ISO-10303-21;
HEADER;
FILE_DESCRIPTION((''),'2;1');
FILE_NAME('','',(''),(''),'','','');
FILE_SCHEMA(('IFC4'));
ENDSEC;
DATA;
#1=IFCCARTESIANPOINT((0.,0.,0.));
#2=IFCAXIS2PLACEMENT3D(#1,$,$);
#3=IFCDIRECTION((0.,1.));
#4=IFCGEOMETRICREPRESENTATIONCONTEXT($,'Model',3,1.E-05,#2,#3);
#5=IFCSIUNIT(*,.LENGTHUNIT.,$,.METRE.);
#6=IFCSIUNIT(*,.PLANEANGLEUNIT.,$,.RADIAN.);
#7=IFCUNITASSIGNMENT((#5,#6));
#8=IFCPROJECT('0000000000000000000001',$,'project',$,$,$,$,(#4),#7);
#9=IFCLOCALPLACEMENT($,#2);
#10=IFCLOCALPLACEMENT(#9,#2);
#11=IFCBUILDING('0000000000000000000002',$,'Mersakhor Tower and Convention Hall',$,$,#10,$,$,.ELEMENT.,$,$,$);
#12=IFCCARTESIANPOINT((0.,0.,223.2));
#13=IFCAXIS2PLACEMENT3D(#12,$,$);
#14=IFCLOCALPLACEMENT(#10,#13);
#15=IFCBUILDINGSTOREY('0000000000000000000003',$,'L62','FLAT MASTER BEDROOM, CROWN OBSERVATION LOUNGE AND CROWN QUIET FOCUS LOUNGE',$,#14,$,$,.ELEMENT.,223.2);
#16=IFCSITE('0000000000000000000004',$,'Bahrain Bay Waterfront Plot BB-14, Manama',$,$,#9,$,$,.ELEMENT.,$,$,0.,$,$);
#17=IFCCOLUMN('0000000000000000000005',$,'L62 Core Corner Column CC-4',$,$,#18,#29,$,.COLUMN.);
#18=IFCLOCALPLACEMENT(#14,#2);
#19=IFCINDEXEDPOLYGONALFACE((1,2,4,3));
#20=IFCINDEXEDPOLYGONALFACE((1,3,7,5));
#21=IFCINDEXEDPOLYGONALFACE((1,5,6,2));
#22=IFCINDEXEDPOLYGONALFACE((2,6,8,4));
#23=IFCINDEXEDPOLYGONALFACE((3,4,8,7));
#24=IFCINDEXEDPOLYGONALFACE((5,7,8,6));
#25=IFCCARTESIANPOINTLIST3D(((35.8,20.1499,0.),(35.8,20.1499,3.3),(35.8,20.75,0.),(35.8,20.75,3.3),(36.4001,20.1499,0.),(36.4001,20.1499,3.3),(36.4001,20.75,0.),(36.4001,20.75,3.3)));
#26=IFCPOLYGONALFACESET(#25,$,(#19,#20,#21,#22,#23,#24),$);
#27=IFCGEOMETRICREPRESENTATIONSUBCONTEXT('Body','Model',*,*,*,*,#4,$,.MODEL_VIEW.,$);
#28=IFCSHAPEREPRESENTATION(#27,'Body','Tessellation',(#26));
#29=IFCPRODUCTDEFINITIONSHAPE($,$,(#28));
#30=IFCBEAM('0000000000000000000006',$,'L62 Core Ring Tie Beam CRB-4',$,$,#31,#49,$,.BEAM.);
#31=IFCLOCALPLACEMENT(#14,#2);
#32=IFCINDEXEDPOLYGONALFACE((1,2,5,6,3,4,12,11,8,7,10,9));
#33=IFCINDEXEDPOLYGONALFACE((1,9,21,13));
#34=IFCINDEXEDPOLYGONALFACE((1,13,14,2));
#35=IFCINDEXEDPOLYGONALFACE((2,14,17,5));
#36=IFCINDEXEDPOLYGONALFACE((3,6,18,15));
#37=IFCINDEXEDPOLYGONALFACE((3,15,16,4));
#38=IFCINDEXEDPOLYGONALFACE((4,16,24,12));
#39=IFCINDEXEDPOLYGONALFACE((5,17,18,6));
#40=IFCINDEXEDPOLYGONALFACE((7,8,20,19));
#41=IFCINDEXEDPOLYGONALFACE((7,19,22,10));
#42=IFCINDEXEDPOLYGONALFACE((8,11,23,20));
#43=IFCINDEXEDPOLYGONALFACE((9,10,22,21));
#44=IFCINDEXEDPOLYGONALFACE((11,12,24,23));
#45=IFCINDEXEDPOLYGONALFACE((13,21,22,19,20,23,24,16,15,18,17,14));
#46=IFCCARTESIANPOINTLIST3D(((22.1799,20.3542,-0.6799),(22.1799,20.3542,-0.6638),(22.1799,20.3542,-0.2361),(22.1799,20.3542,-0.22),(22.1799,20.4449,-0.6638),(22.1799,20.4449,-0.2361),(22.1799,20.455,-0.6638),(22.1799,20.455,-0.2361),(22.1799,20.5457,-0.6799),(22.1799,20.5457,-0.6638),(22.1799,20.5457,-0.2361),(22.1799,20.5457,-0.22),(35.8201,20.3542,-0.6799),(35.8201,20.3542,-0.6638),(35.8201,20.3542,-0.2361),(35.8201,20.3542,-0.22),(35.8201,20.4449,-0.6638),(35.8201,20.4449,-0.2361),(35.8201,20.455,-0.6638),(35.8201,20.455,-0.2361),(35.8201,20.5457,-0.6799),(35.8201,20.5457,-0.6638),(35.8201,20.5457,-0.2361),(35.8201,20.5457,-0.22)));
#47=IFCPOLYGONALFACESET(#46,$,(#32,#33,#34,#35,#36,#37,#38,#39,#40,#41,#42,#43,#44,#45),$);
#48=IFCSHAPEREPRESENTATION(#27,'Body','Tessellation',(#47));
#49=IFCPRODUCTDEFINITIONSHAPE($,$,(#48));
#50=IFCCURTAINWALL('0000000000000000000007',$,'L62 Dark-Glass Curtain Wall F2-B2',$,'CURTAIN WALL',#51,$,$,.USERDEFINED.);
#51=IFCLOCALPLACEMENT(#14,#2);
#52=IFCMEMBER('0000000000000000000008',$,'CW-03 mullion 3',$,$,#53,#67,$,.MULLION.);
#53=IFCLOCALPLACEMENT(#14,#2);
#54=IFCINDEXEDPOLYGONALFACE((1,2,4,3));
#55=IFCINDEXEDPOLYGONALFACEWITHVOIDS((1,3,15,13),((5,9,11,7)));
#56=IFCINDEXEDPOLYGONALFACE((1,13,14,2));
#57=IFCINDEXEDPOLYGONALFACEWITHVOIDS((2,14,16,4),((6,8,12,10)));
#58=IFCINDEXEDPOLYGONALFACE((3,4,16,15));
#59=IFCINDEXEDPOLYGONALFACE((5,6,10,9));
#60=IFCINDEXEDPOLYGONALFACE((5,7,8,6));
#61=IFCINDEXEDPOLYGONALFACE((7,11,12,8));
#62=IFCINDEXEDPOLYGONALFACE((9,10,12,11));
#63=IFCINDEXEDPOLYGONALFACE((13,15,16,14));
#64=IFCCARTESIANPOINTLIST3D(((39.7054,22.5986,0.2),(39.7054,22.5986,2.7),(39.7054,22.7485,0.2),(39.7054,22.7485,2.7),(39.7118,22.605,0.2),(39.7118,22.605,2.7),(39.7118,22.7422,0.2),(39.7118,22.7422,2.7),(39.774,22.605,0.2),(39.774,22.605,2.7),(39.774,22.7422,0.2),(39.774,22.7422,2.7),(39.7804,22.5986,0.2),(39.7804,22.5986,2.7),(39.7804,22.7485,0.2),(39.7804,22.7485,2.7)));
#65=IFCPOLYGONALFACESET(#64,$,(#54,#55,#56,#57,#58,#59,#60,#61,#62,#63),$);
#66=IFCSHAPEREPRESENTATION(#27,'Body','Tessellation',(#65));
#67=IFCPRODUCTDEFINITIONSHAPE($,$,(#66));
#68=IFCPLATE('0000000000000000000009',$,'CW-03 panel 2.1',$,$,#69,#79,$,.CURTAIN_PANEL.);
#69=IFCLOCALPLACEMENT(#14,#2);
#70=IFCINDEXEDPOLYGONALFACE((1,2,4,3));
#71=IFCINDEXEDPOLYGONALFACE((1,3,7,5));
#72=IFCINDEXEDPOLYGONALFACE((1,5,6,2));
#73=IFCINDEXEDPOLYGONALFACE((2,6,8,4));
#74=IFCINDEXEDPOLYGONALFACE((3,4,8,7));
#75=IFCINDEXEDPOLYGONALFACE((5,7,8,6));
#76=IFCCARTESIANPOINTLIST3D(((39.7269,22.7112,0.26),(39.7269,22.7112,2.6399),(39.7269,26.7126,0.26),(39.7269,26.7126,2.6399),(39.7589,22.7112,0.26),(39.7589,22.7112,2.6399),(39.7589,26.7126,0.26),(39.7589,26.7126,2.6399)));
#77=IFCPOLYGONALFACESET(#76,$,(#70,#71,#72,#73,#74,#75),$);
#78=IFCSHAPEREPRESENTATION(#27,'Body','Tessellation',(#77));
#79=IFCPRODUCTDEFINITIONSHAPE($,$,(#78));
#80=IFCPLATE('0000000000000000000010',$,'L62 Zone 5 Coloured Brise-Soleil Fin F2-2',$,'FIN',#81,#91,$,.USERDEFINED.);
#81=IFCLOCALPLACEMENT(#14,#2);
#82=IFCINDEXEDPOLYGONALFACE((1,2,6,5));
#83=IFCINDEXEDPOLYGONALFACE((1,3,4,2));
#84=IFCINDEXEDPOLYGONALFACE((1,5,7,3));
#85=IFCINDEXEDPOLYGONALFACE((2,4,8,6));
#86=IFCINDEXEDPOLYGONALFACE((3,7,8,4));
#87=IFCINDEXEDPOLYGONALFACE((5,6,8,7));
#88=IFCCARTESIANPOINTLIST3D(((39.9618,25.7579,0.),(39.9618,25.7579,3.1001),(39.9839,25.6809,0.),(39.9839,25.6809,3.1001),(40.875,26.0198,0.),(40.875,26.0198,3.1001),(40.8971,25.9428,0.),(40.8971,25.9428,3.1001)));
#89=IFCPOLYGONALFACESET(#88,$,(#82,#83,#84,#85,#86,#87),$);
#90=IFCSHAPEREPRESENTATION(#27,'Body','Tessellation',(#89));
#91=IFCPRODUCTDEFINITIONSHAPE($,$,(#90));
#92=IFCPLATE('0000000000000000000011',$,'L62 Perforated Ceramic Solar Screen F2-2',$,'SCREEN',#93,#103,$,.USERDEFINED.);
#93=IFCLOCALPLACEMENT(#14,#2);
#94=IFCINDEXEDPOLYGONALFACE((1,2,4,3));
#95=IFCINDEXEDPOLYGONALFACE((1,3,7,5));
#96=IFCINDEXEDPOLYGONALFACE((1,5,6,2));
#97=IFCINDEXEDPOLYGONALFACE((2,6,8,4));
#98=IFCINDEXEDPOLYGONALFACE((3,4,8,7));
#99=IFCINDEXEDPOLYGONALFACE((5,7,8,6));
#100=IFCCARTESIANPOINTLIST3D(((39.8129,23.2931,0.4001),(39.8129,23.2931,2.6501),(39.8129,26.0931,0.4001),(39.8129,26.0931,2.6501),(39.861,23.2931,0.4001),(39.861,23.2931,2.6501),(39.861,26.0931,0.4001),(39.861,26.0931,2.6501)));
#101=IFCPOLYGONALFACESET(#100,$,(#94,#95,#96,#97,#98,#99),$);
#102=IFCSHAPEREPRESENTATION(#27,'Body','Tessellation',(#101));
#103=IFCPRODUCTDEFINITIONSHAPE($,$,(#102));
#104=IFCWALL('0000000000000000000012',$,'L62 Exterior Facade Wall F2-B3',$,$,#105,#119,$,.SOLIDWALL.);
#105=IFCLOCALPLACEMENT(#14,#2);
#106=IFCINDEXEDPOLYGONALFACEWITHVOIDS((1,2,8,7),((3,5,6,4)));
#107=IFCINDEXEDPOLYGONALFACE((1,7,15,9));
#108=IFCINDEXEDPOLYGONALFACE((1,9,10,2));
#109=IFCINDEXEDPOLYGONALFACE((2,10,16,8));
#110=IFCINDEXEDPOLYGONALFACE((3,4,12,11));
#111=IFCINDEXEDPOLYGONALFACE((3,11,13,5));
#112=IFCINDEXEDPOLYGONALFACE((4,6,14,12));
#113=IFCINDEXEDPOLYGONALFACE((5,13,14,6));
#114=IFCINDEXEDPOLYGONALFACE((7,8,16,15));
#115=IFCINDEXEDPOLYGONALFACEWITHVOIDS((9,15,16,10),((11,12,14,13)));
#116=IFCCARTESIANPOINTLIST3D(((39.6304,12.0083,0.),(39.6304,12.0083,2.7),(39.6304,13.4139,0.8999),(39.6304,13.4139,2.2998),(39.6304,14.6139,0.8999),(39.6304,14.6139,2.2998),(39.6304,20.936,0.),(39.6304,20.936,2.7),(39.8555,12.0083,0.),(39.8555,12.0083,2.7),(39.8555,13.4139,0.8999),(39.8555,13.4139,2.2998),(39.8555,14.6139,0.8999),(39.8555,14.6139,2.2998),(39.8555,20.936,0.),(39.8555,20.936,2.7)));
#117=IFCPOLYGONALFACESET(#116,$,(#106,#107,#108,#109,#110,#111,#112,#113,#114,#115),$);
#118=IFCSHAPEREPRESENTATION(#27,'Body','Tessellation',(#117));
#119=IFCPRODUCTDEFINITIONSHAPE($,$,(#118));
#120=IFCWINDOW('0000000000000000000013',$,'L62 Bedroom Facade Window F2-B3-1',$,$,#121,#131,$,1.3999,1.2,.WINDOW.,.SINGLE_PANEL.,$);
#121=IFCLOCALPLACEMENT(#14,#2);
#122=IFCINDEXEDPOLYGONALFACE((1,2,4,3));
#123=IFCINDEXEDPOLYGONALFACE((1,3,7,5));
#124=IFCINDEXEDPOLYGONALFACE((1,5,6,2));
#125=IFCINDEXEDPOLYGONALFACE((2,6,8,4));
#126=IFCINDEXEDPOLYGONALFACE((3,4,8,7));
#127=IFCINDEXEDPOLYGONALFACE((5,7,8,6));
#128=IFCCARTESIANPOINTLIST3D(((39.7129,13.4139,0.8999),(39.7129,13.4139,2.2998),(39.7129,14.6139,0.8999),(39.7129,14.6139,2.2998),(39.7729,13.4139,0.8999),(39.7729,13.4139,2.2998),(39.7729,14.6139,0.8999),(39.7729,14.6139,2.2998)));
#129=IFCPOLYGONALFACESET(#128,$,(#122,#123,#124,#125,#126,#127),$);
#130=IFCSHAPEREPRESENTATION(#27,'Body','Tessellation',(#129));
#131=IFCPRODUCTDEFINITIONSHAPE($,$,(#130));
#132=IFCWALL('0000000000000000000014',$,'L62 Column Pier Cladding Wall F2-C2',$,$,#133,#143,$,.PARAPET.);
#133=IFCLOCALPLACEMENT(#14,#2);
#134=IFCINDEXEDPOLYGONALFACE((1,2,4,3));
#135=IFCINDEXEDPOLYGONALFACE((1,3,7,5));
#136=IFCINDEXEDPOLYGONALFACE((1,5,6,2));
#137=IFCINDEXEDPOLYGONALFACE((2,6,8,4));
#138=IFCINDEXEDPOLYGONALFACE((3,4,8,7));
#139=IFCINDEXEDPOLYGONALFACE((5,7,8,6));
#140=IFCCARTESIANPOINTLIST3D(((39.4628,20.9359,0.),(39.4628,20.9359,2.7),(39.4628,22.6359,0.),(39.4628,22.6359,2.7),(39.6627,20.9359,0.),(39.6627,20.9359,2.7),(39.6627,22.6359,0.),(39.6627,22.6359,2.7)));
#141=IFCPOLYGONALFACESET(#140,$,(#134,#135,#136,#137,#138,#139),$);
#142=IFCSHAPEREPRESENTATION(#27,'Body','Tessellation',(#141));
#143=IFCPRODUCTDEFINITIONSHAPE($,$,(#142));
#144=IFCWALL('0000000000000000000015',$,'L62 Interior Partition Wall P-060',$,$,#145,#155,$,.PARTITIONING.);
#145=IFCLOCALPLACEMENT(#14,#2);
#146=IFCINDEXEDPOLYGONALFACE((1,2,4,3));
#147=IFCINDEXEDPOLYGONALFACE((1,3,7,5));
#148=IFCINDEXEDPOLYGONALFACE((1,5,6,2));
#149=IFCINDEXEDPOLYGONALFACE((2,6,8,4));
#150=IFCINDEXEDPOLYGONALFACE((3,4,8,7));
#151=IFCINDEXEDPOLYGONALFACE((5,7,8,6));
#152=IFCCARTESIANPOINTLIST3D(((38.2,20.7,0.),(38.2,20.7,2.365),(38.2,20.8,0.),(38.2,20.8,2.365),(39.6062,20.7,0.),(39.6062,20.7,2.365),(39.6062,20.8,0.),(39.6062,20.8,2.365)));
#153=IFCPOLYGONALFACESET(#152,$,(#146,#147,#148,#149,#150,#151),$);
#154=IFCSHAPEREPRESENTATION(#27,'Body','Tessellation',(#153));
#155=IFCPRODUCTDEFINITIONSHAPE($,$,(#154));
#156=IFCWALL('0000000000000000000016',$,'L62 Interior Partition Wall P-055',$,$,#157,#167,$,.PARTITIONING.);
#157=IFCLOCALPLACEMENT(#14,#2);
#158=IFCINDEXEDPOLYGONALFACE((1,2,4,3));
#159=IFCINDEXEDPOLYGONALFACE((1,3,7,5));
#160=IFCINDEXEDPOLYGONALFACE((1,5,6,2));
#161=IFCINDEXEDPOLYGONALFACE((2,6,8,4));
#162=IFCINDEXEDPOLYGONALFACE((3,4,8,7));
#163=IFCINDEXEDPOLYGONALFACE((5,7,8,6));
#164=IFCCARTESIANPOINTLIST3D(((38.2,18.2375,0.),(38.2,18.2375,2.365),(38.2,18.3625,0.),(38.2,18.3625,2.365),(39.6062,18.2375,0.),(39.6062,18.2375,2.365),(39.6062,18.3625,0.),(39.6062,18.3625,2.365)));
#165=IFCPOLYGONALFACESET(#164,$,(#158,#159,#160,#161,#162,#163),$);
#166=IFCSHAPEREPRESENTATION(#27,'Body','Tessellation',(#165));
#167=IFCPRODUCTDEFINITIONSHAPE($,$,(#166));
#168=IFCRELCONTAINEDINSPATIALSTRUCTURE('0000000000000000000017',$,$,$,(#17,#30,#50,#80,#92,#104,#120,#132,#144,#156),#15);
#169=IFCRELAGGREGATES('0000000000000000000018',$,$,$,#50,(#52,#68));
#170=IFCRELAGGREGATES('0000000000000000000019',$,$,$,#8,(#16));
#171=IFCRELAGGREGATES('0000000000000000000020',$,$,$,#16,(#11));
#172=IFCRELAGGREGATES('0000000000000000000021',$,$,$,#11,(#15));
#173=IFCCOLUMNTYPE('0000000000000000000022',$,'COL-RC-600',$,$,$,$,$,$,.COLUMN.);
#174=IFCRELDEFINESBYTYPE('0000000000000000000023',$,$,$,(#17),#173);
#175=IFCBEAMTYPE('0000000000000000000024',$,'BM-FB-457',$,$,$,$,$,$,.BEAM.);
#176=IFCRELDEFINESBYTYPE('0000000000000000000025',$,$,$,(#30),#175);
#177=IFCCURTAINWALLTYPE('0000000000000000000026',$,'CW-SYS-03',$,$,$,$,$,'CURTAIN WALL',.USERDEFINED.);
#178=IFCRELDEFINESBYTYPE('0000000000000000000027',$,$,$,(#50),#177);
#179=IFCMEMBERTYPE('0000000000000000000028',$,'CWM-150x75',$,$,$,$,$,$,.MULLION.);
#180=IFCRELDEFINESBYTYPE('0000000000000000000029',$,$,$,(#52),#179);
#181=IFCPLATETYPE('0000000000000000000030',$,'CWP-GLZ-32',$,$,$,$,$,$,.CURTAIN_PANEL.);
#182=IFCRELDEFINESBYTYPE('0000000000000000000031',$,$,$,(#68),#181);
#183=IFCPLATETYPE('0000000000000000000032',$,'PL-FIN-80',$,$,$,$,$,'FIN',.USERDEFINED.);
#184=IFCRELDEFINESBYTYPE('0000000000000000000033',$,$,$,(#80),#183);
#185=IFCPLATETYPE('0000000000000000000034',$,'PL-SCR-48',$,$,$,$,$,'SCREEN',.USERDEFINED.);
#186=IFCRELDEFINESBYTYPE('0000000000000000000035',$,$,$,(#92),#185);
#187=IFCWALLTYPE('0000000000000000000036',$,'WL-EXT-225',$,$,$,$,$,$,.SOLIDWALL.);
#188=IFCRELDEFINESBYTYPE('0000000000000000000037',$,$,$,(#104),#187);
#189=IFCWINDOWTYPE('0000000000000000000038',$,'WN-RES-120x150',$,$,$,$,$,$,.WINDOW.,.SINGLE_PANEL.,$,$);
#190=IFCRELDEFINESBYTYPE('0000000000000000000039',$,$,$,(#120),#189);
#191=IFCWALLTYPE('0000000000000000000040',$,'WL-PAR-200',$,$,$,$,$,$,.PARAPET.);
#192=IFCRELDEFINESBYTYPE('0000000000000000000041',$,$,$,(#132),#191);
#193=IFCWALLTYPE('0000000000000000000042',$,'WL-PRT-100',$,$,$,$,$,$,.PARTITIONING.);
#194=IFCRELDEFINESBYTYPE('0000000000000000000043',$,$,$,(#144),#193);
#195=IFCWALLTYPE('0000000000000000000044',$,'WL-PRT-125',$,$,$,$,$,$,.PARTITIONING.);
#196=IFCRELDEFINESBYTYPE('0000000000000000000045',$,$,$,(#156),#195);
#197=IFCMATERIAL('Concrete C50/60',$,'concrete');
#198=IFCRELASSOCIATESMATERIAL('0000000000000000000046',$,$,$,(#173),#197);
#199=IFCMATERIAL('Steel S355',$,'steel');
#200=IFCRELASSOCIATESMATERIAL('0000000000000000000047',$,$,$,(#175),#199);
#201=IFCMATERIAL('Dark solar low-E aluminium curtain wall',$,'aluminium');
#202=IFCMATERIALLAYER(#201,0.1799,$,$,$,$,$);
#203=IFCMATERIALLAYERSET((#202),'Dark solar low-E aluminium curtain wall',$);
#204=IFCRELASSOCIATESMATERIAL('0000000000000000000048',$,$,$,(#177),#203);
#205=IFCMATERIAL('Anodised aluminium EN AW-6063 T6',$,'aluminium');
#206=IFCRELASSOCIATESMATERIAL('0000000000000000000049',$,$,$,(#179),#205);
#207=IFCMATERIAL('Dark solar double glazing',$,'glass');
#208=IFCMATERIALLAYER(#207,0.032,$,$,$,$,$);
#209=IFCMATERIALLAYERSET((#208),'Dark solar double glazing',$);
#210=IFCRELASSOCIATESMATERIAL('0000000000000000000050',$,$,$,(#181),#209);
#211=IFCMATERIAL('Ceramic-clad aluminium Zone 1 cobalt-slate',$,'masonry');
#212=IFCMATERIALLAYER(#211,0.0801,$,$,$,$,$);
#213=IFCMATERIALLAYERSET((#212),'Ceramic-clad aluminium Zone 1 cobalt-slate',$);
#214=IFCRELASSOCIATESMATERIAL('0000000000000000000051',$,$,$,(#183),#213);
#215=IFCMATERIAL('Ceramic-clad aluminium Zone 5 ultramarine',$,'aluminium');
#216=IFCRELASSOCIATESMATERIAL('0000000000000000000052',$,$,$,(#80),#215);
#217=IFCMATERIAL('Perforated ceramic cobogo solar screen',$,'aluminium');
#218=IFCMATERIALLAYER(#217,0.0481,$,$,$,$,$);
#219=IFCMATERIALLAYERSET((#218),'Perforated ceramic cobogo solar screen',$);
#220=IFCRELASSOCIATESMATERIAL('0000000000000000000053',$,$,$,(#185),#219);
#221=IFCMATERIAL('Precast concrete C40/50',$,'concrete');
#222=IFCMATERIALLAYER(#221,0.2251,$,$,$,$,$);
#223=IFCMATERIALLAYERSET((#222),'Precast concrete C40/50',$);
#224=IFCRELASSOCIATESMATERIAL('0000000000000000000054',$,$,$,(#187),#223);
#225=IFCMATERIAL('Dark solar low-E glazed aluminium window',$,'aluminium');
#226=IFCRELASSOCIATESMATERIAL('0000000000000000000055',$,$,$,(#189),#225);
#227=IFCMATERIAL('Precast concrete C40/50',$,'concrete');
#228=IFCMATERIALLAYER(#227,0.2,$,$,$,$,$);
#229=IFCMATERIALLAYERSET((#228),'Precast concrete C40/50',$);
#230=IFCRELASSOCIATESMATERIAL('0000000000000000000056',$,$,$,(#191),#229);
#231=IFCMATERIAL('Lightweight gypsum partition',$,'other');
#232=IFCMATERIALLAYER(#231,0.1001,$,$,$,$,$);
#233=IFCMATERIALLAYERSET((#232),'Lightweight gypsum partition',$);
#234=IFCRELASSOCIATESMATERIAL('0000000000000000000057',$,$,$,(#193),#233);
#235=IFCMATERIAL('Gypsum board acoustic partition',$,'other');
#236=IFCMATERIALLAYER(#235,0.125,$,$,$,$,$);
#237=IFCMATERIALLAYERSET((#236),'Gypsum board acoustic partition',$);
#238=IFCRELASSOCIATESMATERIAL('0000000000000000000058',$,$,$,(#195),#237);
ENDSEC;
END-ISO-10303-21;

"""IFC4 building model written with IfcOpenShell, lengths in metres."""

from ifc_helpers import new_model, si_unit, direction, frame, frame_2d, origin, origin_2d, place, context, subcontext, project, spatial, rectangle, hollow_rectangle, i_section, extrude, material, layer, layer_set, material_profile, profile_set, type_object, element, fill, aggregate, save


model = new_model("IFC4")

# Units and contexts
model_context = context("Model", 3, precision=1e-05, world=origin(), true_north=direction((0.0, 1.0)))
body_context = subcontext(model_context, "Body", "Model", "MODEL_VIEW")
ifc_project = project(units=[si_unit("LENGTHUNIT", "METRE"), si_unit("PLANEANGLEUNIT", "RADIAN")], contexts=[model_context])

# Site, building, storey
site_placement = place(None, origin())
site = spatial("IfcSite", under=ifc_project, at=site_placement, Name="Bahrain Bay Waterfront Plot BB-14, Manama", CompositionType="ELEMENT", RefElevation=0.0)
building_placement = place(site_placement, origin())
building = spatial("IfcBuilding", under=site, at=building_placement, Name="Mersakhor Tower and Convention Hall", CompositionType="ELEMENT")
storey_placement = place(building_placement, frame((0.0, 0.0, 223.2)))
storey = spatial("IfcBuildingStorey", under=building, at=storey_placement, Name="L62", Description="FLAT MASTER BEDROOM, CROWN OBSERVATION LOUNGE AND CROWN QUIET FOCUS LOUNGE", CompositionType="ELEMENT", Elevation=223.2)

# Column
ifc_material_1 = material(Name="Concrete C50/60", Category="concrete")
ifc_material_profile_1 = material_profile(ifc_material_1, rectangle(XDim=0.6001, YDim=0.6001, at=origin_2d()), Name="RC 600x600")
ifc_profile_set_1 = profile_set([ifc_material_profile_1], Name="Concrete C50/60")
column_type = type_object("IfcColumnType", Name="COL-RC-600", PredefinedType="COLUMN", material=ifc_profile_set_1)
column_placement = place(storey_placement, frame((36.1001, 20.45, 0.0), z_axis=(0.0, 0.0, 1.0), x_axis=(1.0, 0.0, 0.0)))
element("IfcColumn", 1, at=column_placement, inside=storey, type_object=column_type, Name="L62 Core Corner Column CC-4", PredefinedType="COLUMN", context=body_context, shape_type="SweptSolid", body=[
    extrude(rectangle(XDim=0.6001, YDim=0.6001, at=origin_2d()), origin(), (0.0, 0.0, 1.0), 3.3),
])

# Beam
ifc_material_2 = material(Name="Steel S355", Category="steel")
ifc_material_profile_2 = material_profile(ifc_material_2, i_section(OverallWidth=0.1914, OverallDepth=0.46, WebThickness=0.01, FlangeThickness=0.0161, at=origin_2d()), Name="UB 457x191x82")
ifc_profile_set_2 = profile_set([ifc_material_profile_2], Name="Steel S355")
beam_type = type_object("IfcBeamType", Name="BM-FB-457", PredefinedType="BEAM", material=ifc_profile_set_2)
beam_placement = place(storey_placement, frame((35.8201, 20.45, -0.45), z_axis=(-1.0, 0.0, 0.0), x_axis=(0.0, -1.0, 0.0)))
element("IfcBeam", 2, at=beam_placement, inside=storey, type_object=beam_type, Name="L62 Core Ring Tie Beam CRB-4", PredefinedType="BEAM", context=body_context, shape_type="SweptSolid", body=[
    extrude(i_section(OverallWidth=0.1914, OverallDepth=0.46, WebThickness=0.01, FlangeThickness=0.0161, at=origin_2d()), origin(), (0.0, 0.0, 1.0), 13.6401),
])

# Curtain wall, member, plate
ifc_material_3 = material(Name="Dark solar low-E aluminium curtain wall", Category="aluminium")
ifc_layer_1 = layer(ifc_material_3, 0.1799)
ifc_layer_set_1 = layer_set([ifc_layer_1], Name="Dark solar low-E aluminium curtain wall")
curtain_wall_type = type_object("IfcCurtainWallType", Name="CW-SYS-03", ElementType="CURTAIN WALL", PredefinedType="USERDEFINED", material=ifc_layer_set_1)
curtain_wall_placement = place(storey_placement, origin())
curtain_wall = element("IfcCurtainWall", 3, at=curtain_wall_placement, inside=storey, type_object=curtain_wall_type, Name="L62 Dark-Glass Curtain Wall F2-B2", ObjectType="CURTAIN WALL", PredefinedType="USERDEFINED")
ifc_material_4 = material(Name="Anodised aluminium EN AW-6063 T6", Category="aluminium")
ifc_material_profile_3 = material_profile(ifc_material_4, hollow_rectangle(XDim=0.075, YDim=0.1499, WallThickness=0.0063, at=origin_2d()), Name="RHS 150x75x6.3")
ifc_profile_set_3 = profile_set([ifc_material_profile_3], Name="Anodised aluminium EN AW-6063 T6")
member_type = type_object("IfcMemberType", Name="CWM-150x75", PredefinedType="MULLION", material=ifc_profile_set_3)
member_placement = place(storey_placement, frame((39.7429, 22.6736, 0.2), z_axis=(0.0, 0.0, 1.0), x_axis=(1.0, 0.0, 0.0)))
member = element("IfcMember", 4, at=member_placement, type_object=member_type, Name="CW-03 mullion 3", PredefinedType="MULLION", context=body_context, shape_type="SweptSolid", body=[
    extrude(hollow_rectangle(XDim=0.075, YDim=0.1499, WallThickness=0.0063, at=origin_2d()), origin(), (0.0, 0.0, 1.0), 2.5),
])
ifc_material_5 = material(Name="Dark solar double glazing", Category="glass")
ifc_layer_2 = layer(ifc_material_5, 0.032)
ifc_layer_set_2 = layer_set([ifc_layer_2], Name="Dark solar double glazing")
plate_type_1 = type_object("IfcPlateType", Name="CWP-GLZ-32", PredefinedType="CURTAIN_PANEL", material=ifc_layer_set_2)
plate_1_placement = place(storey_placement, frame((39.7429, 24.7119, 0.26), z_axis=(0.0, 0.0, 1.0), x_axis=(0.0, -1.0, 0.0)))
plate_1 = element("IfcPlate", 5, at=plate_1_placement, type_object=plate_type_1, Name="CW-03 panel 2.1", PredefinedType="CURTAIN_PANEL", context=body_context, shape_type="SweptSolid", body=[
    extrude(rectangle(XDim=4.0015, YDim=0.032, at=origin_2d()), origin(), (0.0, 0.0, 1.0), 2.3799),
])
aggregate(curtain_wall, [member, plate_1])

# Plates
ifc_material_6 = material(Name="Ceramic-clad aluminium Zone 5 ultramarine", Category="aluminium")
ifc_material_7 = material(Name="Ceramic-clad aluminium Zone 1 cobalt-slate", Category="masonry")
ifc_layer_3 = layer(ifc_material_7, 0.0801)
ifc_layer_set_3 = layer_set([ifc_layer_3], Name="Ceramic-clad aluminium Zone 1 cobalt-slate")
plate_type_2 = type_object("IfcPlateType", Name="PL-FIN-80", ElementType="FIN", PredefinedType="USERDEFINED", material=ifc_layer_set_3)
plate_2_placement = place(storey_placement, frame((40.4294, 25.8503, 0.0), z_axis=(0.0, 0.0, 1.0), x_axis=(0.961262, 0.275637, 0.0)))
element("IfcPlate", 6, at=plate_2_placement, inside=storey, type_object=plate_type_2, material=ifc_material_6, Name="L62 Zone 5 Coloured Brise-Soleil Fin F2-2", ObjectType="FIN", PredefinedType="USERDEFINED", context=body_context, shape_type="SweptSolid", body=[
    extrude(rectangle(XDim=0.95, YDim=0.0801, at=origin_2d()), origin(), (0.0, 0.0, 1.0), 3.1001),
])
ifc_material_8 = material(Name="Perforated ceramic cobogo solar screen", Category="aluminium")
ifc_layer_4 = layer(ifc_material_8, 0.0481)
ifc_layer_set_4 = layer_set([ifc_layer_4], Name="Perforated ceramic cobogo solar screen")
plate_type_3 = type_object("IfcPlateType", Name="PL-SCR-48", ElementType="SCREEN", PredefinedType="USERDEFINED", material=ifc_layer_set_4)
plate_3_placement = place(storey_placement, frame((39.8369, 24.6931, 0.4001), z_axis=(0.0, 0.0, 1.0), x_axis=(0.0, -1.0, 0.0)))
element("IfcPlate", 7, at=plate_3_placement, inside=storey, type_object=plate_type_3, Name="L62 Perforated Ceramic Solar Screen F2-2", ObjectType="SCREEN", PredefinedType="USERDEFINED", context=body_context, shape_type="SweptSolid", body=[
    extrude(rectangle(XDim=2.8, YDim=0.0481, at=origin_2d()), origin(), (0.0, 0.0, 1.0), 2.25),
])

# Wall, opening, window
ifc_material_9 = material(Name="Precast concrete C40/50", Category="concrete")
ifc_layer_5 = layer(ifc_material_9, 0.2251)
ifc_layer_set_5 = layer_set([ifc_layer_5], Name="Precast concrete C40/50")
wall_type_1 = type_object("IfcWallType", Name="WL-EXT-225", PredefinedType="SOLIDWALL", material=ifc_layer_set_5)
wall_1_placement = place(storey_placement, frame((39.7429, 20.936, 0.0), z_axis=(0.0, 0.0, 1.0), x_axis=(0.0, -1.0, 0.0)))
wall_1 = element("IfcWall", 8, at=wall_1_placement, inside=storey, type_object=wall_type_1, Name="L62 Exterior Facade Wall F2-B3", PredefinedType="SOLIDWALL", context=body_context, shape_type="SweptSolid", body=[
    extrude(rectangle(XDim=8.9277, YDim=0.2251, at=frame_2d((4.4639, 0.0))), origin(), (0.0, 0.0, 1.0), 2.7),
])
opening_1_placement = place(wall_1_placement, frame((6.322, 0.0, 0.8999)))
opening_1 = element("IfcOpeningElement", 9, at=opening_1_placement, cuts=wall_1, PredefinedType="OPENING", context=body_context, shape_type="SweptSolid", body=[
    extrude(rectangle(XDim=1.2, YDim=1.3999, at=frame_2d((0.6001, 0.7))), frame((0.0, 0.1226, 0.0), z_axis=(0.0, -1.0, 0.0), x_axis=(1.0, 0.0, 0.0)), (0.0, 0.0, 1.0), 0.2451),
])
ifc_material_10 = material(Name="Dark solar low-E glazed aluminium window", Category="aluminium")
window_type = type_object("IfcWindowType", Name="WN-RES-120x150", PartitioningType="SINGLE_PANEL", PredefinedType="WINDOW", material=ifc_material_10)
window_placement = place(opening_1_placement, origin())
window = element("IfcWindow", 10, at=window_placement, inside=storey, type_object=window_type, Name="L62 Bedroom Facade Window F2-B3-1", OverallHeight=1.3999, OverallWidth=1.2, PartitioningType="SINGLE_PANEL", PredefinedType="WINDOW", context=body_context, shape_type="SweptSolid", body=[
    extrude(rectangle(XDim=1.2, YDim=1.3999, at=frame_2d((0.6001, 0.7))), frame((0.0, 0.03, 0.0), z_axis=(0.0, -1.0, 0.0), x_axis=(1.0, 0.0, 0.0)), (0.0, 0.0, 1.0), 0.0601),
])
fill(opening_1, window)

# Walls
ifc_material_11 = material(Name="Precast concrete C40/50", Category="concrete")
ifc_layer_6 = layer(ifc_material_11, 0.2)
ifc_layer_set_6 = layer_set([ifc_layer_6], Name="Precast concrete C40/50")
wall_type_2 = type_object("IfcWallType", Name="WL-PAR-200", PredefinedType="PARAPET", material=ifc_layer_set_6)
wall_2_placement = place(storey_placement, frame((39.5627, 22.636, 0.0), z_axis=(0.0, 0.0, 1.0), x_axis=(0.0, -1.0, 0.0)))
element("IfcWall", 11, at=wall_2_placement, inside=storey, type_object=wall_type_2, Name="L62 Column Pier Cladding Wall F2-C2", PredefinedType="PARAPET", context=body_context, shape_type="SweptSolid", body=[
    extrude(rectangle(XDim=1.7, YDim=0.2, at=frame_2d((0.8501, 0.0))), origin(), (0.0, 0.0, 1.0), 2.7),
])
ifc_material_12 = material(Name="Lightweight gypsum partition", Category="other")
ifc_layer_7 = layer(ifc_material_12, 0.1001)
ifc_layer_set_7 = layer_set([ifc_layer_7], Name="Lightweight gypsum partition")
wall_type_3 = type_object("IfcWallType", Name="WL-PRT-100", PredefinedType="PARTITIONING", material=ifc_layer_set_7)
wall_3_placement = place(storey_placement, frame((39.6062, 20.75, 0.0), z_axis=(0.0, 0.0, 1.0), x_axis=(-1.0, 0.0, 0.0)))
element("IfcWall", 12, at=wall_3_placement, inside=storey, type_object=wall_type_3, Name="L62 Interior Partition Wall P-060", PredefinedType="PARTITIONING", context=body_context, shape_type="SweptSolid", body=[
    extrude(rectangle(XDim=1.4062, YDim=0.1001, at=frame_2d((0.7031, 0.0))), origin(), (0.0, 0.0, 1.0), 2.365),
])
ifc_material_13 = material(Name="Gypsum board acoustic partition", Category="other")
ifc_layer_8 = layer(ifc_material_13, 0.125)
ifc_layer_set_8 = layer_set([ifc_layer_8], Name="Gypsum board acoustic partition")
wall_type_4 = type_object("IfcWallType", Name="WL-PRT-125", PredefinedType="PARTITIONING", material=ifc_layer_set_8)
wall_4_placement = place(storey_placement, frame((38.2, 18.3, 0.0), z_axis=(0.0, 0.0, 1.0), x_axis=(1.0, 0.0, 0.0)))
element("IfcWall", 13, at=wall_4_placement, inside=storey, type_object=wall_type_4, Name="L62 Interior Partition Wall P-055", PredefinedType="PARTITIONING", context=body_context, shape_type="SweptSolid", body=[
    extrude(rectangle(XDim=1.4062, YDim=0.125, at=frame_2d((0.7031, 0.0))), origin(), (0.0, 0.0, 1.0), 2.365),
])

save(model, "model.ifc")
